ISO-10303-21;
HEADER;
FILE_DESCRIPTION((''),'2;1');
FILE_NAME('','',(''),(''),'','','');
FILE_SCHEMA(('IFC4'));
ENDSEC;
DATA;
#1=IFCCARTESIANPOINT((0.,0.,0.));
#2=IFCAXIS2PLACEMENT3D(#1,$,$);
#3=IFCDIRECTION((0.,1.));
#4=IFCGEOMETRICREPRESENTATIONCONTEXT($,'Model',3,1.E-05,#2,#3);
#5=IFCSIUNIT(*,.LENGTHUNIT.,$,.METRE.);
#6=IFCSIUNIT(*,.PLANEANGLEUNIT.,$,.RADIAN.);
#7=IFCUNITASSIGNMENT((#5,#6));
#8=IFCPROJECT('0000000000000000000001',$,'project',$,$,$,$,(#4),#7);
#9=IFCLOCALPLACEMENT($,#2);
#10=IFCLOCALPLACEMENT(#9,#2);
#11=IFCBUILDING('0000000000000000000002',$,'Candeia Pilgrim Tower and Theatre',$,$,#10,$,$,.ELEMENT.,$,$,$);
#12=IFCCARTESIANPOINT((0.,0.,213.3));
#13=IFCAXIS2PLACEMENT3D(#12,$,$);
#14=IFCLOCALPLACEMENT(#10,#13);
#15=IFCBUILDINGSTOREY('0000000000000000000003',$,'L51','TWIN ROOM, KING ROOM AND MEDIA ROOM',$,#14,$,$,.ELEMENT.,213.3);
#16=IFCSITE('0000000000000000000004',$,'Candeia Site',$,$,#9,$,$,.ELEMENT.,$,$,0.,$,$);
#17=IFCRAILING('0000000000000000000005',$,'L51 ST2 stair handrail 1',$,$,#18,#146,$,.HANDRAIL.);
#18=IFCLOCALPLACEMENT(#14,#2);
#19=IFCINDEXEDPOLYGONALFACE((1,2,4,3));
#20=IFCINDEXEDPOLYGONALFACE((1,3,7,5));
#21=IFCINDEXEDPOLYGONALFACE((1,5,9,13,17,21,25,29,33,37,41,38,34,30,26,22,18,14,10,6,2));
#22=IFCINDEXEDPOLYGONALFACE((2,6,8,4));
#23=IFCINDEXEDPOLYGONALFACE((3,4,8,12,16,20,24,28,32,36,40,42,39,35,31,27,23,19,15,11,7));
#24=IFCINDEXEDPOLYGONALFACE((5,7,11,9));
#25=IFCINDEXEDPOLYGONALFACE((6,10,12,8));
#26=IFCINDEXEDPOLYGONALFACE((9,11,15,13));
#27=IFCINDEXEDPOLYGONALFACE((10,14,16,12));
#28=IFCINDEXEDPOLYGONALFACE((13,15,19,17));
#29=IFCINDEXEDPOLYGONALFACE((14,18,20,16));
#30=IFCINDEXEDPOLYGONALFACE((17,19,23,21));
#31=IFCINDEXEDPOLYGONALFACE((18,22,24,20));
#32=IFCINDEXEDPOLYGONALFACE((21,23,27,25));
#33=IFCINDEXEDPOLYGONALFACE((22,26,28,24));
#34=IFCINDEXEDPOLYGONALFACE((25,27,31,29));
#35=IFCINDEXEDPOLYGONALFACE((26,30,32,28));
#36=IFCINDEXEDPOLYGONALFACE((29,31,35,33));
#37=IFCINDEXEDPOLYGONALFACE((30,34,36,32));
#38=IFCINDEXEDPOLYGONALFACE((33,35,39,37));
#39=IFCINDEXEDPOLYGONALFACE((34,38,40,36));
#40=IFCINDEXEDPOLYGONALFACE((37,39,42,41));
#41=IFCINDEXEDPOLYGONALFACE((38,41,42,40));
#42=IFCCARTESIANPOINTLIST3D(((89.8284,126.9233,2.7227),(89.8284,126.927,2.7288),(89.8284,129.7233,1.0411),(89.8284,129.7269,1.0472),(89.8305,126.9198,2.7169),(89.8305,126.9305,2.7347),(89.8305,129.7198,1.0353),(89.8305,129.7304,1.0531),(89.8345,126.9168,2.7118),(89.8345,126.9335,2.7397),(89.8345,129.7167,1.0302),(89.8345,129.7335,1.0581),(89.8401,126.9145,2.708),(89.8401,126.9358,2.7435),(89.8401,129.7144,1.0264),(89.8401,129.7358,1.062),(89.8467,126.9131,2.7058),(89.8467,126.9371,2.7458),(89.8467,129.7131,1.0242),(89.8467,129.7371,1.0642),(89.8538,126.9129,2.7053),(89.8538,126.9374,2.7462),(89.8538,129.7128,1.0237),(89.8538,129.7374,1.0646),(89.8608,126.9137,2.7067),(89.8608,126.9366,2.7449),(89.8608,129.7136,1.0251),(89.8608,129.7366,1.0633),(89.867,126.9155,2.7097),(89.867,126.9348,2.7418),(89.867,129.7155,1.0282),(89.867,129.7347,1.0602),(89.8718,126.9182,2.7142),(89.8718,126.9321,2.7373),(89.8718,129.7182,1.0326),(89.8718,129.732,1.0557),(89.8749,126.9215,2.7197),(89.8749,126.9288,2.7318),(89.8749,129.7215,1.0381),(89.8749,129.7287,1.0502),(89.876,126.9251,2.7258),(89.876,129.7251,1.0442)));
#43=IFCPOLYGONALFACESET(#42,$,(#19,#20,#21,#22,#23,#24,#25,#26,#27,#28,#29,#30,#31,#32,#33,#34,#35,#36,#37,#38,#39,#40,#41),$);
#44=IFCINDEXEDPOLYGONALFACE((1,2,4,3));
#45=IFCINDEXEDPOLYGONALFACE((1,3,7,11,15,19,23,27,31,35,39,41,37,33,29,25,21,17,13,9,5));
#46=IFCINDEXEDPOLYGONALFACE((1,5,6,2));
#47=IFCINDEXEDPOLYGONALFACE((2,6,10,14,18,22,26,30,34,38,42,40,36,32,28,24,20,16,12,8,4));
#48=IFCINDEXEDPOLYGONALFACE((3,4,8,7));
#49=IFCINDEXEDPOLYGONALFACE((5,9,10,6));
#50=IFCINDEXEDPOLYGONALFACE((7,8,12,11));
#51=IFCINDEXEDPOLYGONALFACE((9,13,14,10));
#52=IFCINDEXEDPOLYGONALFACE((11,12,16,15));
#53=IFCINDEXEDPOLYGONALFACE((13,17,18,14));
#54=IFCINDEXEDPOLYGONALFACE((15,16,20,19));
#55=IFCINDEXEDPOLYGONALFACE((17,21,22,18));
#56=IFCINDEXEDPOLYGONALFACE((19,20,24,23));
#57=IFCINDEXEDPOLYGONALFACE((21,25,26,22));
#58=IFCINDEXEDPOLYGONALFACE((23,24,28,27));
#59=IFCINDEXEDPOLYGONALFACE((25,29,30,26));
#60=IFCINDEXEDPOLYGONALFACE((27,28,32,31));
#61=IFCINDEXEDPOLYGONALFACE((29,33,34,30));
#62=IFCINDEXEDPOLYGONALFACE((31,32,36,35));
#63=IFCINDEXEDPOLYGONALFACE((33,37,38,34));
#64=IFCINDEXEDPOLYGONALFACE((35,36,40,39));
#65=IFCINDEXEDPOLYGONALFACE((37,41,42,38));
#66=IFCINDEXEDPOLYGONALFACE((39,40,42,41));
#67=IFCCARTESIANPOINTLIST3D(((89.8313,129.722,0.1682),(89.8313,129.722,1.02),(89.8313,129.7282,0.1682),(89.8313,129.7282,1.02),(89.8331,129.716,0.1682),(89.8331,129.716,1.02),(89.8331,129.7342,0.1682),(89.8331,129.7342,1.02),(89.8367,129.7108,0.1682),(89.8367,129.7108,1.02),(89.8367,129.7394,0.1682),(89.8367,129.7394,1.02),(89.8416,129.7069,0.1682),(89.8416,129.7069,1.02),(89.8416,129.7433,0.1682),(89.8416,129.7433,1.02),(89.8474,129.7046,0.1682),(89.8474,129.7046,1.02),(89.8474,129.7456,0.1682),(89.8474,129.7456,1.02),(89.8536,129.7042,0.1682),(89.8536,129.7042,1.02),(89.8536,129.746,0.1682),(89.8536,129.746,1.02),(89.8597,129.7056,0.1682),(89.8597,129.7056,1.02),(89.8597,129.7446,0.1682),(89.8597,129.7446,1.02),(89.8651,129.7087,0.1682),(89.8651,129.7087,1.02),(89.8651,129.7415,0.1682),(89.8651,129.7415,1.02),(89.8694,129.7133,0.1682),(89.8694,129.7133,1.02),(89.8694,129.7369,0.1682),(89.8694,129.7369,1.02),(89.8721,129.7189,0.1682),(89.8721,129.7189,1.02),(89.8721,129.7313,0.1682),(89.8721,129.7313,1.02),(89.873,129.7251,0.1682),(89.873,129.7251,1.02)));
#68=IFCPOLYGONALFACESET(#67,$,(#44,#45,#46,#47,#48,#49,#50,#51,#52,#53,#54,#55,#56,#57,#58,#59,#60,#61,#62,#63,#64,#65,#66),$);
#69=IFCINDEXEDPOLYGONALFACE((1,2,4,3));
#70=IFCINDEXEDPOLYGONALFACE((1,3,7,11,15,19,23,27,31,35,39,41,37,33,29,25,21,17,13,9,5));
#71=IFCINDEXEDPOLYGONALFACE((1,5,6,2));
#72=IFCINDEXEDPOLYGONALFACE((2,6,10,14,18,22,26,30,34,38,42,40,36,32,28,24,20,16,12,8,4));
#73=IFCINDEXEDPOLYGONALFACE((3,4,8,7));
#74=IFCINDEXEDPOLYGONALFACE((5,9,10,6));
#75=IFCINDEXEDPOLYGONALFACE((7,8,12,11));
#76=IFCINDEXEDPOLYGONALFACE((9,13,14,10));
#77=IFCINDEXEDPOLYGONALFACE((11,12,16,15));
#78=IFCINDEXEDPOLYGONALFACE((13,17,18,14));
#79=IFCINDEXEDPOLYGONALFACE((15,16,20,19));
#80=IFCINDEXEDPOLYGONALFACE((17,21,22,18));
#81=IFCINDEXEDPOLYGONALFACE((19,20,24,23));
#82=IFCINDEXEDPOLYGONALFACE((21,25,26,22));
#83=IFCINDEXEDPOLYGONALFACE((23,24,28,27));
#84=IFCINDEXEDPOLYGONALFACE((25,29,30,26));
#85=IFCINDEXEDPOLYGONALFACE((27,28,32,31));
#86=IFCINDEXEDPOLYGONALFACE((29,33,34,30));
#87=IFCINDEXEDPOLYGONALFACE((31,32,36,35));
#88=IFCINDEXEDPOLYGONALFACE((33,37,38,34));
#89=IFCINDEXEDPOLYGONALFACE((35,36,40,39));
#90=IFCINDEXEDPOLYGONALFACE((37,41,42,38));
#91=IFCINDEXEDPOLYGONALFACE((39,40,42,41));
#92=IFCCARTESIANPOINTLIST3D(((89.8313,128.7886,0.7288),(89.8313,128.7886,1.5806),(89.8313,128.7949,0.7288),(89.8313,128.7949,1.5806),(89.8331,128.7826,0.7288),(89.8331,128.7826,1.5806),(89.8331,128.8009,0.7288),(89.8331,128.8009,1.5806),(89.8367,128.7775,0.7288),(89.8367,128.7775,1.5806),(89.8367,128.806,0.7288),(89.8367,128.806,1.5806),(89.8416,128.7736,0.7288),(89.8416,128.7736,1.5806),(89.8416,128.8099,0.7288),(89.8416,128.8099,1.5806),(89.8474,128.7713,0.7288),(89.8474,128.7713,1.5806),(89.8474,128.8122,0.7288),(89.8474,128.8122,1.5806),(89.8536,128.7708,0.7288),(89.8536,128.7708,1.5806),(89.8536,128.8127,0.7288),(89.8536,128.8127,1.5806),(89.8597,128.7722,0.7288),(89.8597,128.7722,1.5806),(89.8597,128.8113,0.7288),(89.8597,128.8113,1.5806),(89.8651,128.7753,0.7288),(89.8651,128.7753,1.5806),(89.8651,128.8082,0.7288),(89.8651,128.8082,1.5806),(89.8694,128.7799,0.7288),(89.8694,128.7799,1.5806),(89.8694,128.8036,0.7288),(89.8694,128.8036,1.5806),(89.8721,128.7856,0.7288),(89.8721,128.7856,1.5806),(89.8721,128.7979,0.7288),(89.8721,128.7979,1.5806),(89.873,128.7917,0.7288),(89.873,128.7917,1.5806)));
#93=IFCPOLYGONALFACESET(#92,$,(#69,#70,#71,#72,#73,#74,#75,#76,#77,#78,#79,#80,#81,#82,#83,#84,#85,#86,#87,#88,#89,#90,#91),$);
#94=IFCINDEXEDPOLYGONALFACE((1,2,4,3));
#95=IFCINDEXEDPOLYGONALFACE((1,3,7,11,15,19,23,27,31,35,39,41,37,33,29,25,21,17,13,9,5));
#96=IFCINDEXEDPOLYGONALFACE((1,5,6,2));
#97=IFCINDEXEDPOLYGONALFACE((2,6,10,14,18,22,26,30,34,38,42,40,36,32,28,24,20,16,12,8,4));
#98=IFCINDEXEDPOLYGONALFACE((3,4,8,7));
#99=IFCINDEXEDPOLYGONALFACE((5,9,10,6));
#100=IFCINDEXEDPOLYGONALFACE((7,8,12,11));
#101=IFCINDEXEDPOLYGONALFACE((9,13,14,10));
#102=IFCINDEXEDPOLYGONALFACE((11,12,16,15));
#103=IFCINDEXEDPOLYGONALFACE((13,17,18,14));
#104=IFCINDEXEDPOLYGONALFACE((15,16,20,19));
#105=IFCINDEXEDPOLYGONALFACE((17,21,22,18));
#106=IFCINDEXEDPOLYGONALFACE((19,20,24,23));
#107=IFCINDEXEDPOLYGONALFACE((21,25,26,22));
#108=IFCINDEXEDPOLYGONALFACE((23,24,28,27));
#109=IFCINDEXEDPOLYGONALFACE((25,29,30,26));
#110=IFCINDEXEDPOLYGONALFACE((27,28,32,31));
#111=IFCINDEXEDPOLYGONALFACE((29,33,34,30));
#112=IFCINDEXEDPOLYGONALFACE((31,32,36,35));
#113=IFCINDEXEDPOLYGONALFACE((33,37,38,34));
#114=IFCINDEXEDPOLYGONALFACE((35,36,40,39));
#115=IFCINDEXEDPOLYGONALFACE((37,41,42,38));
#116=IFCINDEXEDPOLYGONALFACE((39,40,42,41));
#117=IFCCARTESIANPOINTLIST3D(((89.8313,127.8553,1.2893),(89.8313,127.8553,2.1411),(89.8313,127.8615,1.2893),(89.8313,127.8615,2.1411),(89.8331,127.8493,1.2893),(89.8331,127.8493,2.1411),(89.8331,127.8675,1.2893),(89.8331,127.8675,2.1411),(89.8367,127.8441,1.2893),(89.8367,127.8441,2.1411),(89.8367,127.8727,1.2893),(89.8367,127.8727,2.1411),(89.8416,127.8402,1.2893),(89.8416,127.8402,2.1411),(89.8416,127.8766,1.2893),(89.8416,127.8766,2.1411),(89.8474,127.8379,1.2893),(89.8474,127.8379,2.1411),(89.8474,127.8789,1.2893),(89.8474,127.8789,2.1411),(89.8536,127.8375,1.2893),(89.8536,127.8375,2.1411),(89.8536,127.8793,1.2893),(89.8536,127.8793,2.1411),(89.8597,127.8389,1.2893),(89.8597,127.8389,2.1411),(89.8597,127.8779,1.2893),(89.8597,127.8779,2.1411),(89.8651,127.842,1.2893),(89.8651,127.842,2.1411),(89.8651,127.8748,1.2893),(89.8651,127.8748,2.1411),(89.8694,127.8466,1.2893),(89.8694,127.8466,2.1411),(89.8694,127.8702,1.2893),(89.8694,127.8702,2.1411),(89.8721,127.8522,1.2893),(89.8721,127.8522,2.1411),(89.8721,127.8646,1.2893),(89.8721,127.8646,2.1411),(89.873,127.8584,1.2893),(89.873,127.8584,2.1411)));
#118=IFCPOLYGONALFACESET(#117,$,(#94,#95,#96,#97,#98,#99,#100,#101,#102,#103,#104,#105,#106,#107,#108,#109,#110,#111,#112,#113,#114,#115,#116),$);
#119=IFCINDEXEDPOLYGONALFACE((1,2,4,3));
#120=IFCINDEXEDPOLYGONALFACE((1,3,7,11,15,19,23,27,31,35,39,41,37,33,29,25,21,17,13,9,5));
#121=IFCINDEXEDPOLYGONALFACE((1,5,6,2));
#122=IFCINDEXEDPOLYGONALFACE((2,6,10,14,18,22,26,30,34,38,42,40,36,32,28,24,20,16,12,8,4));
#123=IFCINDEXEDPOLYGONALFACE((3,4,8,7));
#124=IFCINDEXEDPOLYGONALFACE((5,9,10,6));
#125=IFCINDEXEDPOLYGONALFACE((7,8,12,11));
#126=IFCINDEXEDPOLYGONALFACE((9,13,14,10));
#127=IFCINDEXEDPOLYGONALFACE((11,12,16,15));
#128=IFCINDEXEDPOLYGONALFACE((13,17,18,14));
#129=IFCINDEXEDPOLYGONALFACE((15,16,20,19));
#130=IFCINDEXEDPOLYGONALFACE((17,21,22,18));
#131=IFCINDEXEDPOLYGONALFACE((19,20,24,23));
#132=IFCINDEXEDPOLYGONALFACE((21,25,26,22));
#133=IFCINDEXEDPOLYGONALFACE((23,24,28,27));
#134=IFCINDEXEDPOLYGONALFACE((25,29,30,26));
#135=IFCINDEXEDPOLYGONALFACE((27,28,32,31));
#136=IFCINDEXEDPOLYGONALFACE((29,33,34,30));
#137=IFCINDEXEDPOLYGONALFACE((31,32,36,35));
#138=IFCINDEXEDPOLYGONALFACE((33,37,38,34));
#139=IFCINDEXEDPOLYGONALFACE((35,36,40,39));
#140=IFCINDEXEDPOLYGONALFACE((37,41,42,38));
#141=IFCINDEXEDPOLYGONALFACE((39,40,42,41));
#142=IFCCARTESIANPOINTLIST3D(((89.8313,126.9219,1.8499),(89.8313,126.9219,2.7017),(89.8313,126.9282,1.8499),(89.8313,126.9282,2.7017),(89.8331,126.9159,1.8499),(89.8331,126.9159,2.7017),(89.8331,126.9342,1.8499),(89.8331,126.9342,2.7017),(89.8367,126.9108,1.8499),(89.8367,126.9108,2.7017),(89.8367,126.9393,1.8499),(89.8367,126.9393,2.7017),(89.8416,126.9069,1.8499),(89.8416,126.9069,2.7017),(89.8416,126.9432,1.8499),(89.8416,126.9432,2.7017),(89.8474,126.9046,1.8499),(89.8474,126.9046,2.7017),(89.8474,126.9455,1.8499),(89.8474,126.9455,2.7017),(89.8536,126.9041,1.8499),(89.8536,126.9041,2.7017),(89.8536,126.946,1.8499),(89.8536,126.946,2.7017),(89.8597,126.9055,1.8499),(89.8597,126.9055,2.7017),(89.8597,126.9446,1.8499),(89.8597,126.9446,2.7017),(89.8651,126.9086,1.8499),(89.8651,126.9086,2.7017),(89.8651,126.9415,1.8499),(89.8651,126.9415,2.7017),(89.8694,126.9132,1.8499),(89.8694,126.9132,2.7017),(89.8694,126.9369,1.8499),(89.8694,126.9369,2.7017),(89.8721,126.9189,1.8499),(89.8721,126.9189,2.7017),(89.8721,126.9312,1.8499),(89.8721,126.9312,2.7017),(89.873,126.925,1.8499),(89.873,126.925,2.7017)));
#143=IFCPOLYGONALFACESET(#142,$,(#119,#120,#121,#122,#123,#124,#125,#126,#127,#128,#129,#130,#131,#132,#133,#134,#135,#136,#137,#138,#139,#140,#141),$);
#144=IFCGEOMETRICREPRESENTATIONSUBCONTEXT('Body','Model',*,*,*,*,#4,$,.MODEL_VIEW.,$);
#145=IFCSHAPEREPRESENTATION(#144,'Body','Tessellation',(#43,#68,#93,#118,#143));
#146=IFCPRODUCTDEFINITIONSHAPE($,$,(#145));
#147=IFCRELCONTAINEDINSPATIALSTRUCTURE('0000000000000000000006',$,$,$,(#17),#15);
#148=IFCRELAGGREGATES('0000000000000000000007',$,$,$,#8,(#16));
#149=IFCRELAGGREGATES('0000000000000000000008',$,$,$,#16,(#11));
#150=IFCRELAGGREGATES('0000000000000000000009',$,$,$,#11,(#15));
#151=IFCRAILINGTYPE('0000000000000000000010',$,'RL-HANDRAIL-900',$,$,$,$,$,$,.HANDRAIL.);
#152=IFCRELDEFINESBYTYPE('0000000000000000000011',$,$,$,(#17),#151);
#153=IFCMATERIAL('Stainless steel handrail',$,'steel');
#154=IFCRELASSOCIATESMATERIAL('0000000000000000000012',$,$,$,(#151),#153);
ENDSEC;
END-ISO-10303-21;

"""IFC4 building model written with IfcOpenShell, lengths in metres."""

from ifc_helpers import new_model, si_unit, direction, frame, origin, origin_2d, place, context, subcontext, project, spatial, circle, extrude, material, type_object, element, save


model = new_model("IFC4")

# Units and contexts
model_context = context("Model", 3, precision=1e-05, world=origin(), true_north=direction((0.0, 1.0)))
body_context = subcontext(model_context, "Body", "Model", "MODEL_VIEW")
ifc_project = project(units=[si_unit("LENGTHUNIT", "METRE"), si_unit("PLANEANGLEUNIT", "RADIAN")], contexts=[model_context])

# Site, building, storey
site_placement = place(None, origin())
site = spatial("IfcSite", under=ifc_project, at=site_placement, Name="Candeia Site", CompositionType="ELEMENT", RefElevation=0.0)
building_placement = place(site_placement, origin())
building = spatial("IfcBuilding", under=site, at=building_placement, Name="Candeia Pilgrim Tower and Theatre", CompositionType="ELEMENT")
storey_placement = place(building_placement, frame((0.0, 0.0, 213.3)))
storey = spatial("IfcBuildingStorey", under=building, at=storey_placement, Name="L51", Description="TWIN ROOM, KING ROOM AND MEDIA ROOM", CompositionType="ELEMENT", Elevation=213.3)

# Railing
ifc_material_1 = material(Name="Stainless steel handrail", Category="steel")
railing_type_1 = type_object("IfcRailingType", Name="RL-HANDRAIL-900", PredefinedType="HANDRAIL", material=ifc_material_1)
for number, where, name in (
    (1, (89.8521, 129.7251, 0.1682), "L51 ST2 stair handrail 1"),
):
    element("IfcRailing", number, at=place(storey_placement, frame(where)), inside=storey, type_object=railing_type_1, Name=name, PredefinedType="HANDRAIL", context=body_context, shape_type="SweptSolid", body=[
        extrude(circle(Radius=0.0239, at=origin_2d()), frame((0.0, 0.0, 0.876), z_axis=(0.0, -0.857275, 0.514858), x_axis=(1.0, 0.0, 0.0)), (0.0, 0.0, 1.0), 3.2661),
        extrude(circle(Radius=0.021, at=origin_2d()), origin(), (0.0, 0.0, 1.0), 0.8518),
        extrude(circle(Radius=0.021, at=origin_2d()), frame((0.0, -0.9333, 0.5605)), (0.0, 0.0, 1.0), 0.8518),
        extrude(circle(Radius=0.021, at=origin_2d()), frame((0.0, -1.8667, 1.1211)), (0.0, 0.0, 1.0), 0.8518),
        extrude(circle(Radius=0.021, at=origin_2d()), frame((0.0, -2.8, 1.6816)), (0.0, 0.0, 1.0), 0.8518),
    ])

save(model, "model.ifc")
